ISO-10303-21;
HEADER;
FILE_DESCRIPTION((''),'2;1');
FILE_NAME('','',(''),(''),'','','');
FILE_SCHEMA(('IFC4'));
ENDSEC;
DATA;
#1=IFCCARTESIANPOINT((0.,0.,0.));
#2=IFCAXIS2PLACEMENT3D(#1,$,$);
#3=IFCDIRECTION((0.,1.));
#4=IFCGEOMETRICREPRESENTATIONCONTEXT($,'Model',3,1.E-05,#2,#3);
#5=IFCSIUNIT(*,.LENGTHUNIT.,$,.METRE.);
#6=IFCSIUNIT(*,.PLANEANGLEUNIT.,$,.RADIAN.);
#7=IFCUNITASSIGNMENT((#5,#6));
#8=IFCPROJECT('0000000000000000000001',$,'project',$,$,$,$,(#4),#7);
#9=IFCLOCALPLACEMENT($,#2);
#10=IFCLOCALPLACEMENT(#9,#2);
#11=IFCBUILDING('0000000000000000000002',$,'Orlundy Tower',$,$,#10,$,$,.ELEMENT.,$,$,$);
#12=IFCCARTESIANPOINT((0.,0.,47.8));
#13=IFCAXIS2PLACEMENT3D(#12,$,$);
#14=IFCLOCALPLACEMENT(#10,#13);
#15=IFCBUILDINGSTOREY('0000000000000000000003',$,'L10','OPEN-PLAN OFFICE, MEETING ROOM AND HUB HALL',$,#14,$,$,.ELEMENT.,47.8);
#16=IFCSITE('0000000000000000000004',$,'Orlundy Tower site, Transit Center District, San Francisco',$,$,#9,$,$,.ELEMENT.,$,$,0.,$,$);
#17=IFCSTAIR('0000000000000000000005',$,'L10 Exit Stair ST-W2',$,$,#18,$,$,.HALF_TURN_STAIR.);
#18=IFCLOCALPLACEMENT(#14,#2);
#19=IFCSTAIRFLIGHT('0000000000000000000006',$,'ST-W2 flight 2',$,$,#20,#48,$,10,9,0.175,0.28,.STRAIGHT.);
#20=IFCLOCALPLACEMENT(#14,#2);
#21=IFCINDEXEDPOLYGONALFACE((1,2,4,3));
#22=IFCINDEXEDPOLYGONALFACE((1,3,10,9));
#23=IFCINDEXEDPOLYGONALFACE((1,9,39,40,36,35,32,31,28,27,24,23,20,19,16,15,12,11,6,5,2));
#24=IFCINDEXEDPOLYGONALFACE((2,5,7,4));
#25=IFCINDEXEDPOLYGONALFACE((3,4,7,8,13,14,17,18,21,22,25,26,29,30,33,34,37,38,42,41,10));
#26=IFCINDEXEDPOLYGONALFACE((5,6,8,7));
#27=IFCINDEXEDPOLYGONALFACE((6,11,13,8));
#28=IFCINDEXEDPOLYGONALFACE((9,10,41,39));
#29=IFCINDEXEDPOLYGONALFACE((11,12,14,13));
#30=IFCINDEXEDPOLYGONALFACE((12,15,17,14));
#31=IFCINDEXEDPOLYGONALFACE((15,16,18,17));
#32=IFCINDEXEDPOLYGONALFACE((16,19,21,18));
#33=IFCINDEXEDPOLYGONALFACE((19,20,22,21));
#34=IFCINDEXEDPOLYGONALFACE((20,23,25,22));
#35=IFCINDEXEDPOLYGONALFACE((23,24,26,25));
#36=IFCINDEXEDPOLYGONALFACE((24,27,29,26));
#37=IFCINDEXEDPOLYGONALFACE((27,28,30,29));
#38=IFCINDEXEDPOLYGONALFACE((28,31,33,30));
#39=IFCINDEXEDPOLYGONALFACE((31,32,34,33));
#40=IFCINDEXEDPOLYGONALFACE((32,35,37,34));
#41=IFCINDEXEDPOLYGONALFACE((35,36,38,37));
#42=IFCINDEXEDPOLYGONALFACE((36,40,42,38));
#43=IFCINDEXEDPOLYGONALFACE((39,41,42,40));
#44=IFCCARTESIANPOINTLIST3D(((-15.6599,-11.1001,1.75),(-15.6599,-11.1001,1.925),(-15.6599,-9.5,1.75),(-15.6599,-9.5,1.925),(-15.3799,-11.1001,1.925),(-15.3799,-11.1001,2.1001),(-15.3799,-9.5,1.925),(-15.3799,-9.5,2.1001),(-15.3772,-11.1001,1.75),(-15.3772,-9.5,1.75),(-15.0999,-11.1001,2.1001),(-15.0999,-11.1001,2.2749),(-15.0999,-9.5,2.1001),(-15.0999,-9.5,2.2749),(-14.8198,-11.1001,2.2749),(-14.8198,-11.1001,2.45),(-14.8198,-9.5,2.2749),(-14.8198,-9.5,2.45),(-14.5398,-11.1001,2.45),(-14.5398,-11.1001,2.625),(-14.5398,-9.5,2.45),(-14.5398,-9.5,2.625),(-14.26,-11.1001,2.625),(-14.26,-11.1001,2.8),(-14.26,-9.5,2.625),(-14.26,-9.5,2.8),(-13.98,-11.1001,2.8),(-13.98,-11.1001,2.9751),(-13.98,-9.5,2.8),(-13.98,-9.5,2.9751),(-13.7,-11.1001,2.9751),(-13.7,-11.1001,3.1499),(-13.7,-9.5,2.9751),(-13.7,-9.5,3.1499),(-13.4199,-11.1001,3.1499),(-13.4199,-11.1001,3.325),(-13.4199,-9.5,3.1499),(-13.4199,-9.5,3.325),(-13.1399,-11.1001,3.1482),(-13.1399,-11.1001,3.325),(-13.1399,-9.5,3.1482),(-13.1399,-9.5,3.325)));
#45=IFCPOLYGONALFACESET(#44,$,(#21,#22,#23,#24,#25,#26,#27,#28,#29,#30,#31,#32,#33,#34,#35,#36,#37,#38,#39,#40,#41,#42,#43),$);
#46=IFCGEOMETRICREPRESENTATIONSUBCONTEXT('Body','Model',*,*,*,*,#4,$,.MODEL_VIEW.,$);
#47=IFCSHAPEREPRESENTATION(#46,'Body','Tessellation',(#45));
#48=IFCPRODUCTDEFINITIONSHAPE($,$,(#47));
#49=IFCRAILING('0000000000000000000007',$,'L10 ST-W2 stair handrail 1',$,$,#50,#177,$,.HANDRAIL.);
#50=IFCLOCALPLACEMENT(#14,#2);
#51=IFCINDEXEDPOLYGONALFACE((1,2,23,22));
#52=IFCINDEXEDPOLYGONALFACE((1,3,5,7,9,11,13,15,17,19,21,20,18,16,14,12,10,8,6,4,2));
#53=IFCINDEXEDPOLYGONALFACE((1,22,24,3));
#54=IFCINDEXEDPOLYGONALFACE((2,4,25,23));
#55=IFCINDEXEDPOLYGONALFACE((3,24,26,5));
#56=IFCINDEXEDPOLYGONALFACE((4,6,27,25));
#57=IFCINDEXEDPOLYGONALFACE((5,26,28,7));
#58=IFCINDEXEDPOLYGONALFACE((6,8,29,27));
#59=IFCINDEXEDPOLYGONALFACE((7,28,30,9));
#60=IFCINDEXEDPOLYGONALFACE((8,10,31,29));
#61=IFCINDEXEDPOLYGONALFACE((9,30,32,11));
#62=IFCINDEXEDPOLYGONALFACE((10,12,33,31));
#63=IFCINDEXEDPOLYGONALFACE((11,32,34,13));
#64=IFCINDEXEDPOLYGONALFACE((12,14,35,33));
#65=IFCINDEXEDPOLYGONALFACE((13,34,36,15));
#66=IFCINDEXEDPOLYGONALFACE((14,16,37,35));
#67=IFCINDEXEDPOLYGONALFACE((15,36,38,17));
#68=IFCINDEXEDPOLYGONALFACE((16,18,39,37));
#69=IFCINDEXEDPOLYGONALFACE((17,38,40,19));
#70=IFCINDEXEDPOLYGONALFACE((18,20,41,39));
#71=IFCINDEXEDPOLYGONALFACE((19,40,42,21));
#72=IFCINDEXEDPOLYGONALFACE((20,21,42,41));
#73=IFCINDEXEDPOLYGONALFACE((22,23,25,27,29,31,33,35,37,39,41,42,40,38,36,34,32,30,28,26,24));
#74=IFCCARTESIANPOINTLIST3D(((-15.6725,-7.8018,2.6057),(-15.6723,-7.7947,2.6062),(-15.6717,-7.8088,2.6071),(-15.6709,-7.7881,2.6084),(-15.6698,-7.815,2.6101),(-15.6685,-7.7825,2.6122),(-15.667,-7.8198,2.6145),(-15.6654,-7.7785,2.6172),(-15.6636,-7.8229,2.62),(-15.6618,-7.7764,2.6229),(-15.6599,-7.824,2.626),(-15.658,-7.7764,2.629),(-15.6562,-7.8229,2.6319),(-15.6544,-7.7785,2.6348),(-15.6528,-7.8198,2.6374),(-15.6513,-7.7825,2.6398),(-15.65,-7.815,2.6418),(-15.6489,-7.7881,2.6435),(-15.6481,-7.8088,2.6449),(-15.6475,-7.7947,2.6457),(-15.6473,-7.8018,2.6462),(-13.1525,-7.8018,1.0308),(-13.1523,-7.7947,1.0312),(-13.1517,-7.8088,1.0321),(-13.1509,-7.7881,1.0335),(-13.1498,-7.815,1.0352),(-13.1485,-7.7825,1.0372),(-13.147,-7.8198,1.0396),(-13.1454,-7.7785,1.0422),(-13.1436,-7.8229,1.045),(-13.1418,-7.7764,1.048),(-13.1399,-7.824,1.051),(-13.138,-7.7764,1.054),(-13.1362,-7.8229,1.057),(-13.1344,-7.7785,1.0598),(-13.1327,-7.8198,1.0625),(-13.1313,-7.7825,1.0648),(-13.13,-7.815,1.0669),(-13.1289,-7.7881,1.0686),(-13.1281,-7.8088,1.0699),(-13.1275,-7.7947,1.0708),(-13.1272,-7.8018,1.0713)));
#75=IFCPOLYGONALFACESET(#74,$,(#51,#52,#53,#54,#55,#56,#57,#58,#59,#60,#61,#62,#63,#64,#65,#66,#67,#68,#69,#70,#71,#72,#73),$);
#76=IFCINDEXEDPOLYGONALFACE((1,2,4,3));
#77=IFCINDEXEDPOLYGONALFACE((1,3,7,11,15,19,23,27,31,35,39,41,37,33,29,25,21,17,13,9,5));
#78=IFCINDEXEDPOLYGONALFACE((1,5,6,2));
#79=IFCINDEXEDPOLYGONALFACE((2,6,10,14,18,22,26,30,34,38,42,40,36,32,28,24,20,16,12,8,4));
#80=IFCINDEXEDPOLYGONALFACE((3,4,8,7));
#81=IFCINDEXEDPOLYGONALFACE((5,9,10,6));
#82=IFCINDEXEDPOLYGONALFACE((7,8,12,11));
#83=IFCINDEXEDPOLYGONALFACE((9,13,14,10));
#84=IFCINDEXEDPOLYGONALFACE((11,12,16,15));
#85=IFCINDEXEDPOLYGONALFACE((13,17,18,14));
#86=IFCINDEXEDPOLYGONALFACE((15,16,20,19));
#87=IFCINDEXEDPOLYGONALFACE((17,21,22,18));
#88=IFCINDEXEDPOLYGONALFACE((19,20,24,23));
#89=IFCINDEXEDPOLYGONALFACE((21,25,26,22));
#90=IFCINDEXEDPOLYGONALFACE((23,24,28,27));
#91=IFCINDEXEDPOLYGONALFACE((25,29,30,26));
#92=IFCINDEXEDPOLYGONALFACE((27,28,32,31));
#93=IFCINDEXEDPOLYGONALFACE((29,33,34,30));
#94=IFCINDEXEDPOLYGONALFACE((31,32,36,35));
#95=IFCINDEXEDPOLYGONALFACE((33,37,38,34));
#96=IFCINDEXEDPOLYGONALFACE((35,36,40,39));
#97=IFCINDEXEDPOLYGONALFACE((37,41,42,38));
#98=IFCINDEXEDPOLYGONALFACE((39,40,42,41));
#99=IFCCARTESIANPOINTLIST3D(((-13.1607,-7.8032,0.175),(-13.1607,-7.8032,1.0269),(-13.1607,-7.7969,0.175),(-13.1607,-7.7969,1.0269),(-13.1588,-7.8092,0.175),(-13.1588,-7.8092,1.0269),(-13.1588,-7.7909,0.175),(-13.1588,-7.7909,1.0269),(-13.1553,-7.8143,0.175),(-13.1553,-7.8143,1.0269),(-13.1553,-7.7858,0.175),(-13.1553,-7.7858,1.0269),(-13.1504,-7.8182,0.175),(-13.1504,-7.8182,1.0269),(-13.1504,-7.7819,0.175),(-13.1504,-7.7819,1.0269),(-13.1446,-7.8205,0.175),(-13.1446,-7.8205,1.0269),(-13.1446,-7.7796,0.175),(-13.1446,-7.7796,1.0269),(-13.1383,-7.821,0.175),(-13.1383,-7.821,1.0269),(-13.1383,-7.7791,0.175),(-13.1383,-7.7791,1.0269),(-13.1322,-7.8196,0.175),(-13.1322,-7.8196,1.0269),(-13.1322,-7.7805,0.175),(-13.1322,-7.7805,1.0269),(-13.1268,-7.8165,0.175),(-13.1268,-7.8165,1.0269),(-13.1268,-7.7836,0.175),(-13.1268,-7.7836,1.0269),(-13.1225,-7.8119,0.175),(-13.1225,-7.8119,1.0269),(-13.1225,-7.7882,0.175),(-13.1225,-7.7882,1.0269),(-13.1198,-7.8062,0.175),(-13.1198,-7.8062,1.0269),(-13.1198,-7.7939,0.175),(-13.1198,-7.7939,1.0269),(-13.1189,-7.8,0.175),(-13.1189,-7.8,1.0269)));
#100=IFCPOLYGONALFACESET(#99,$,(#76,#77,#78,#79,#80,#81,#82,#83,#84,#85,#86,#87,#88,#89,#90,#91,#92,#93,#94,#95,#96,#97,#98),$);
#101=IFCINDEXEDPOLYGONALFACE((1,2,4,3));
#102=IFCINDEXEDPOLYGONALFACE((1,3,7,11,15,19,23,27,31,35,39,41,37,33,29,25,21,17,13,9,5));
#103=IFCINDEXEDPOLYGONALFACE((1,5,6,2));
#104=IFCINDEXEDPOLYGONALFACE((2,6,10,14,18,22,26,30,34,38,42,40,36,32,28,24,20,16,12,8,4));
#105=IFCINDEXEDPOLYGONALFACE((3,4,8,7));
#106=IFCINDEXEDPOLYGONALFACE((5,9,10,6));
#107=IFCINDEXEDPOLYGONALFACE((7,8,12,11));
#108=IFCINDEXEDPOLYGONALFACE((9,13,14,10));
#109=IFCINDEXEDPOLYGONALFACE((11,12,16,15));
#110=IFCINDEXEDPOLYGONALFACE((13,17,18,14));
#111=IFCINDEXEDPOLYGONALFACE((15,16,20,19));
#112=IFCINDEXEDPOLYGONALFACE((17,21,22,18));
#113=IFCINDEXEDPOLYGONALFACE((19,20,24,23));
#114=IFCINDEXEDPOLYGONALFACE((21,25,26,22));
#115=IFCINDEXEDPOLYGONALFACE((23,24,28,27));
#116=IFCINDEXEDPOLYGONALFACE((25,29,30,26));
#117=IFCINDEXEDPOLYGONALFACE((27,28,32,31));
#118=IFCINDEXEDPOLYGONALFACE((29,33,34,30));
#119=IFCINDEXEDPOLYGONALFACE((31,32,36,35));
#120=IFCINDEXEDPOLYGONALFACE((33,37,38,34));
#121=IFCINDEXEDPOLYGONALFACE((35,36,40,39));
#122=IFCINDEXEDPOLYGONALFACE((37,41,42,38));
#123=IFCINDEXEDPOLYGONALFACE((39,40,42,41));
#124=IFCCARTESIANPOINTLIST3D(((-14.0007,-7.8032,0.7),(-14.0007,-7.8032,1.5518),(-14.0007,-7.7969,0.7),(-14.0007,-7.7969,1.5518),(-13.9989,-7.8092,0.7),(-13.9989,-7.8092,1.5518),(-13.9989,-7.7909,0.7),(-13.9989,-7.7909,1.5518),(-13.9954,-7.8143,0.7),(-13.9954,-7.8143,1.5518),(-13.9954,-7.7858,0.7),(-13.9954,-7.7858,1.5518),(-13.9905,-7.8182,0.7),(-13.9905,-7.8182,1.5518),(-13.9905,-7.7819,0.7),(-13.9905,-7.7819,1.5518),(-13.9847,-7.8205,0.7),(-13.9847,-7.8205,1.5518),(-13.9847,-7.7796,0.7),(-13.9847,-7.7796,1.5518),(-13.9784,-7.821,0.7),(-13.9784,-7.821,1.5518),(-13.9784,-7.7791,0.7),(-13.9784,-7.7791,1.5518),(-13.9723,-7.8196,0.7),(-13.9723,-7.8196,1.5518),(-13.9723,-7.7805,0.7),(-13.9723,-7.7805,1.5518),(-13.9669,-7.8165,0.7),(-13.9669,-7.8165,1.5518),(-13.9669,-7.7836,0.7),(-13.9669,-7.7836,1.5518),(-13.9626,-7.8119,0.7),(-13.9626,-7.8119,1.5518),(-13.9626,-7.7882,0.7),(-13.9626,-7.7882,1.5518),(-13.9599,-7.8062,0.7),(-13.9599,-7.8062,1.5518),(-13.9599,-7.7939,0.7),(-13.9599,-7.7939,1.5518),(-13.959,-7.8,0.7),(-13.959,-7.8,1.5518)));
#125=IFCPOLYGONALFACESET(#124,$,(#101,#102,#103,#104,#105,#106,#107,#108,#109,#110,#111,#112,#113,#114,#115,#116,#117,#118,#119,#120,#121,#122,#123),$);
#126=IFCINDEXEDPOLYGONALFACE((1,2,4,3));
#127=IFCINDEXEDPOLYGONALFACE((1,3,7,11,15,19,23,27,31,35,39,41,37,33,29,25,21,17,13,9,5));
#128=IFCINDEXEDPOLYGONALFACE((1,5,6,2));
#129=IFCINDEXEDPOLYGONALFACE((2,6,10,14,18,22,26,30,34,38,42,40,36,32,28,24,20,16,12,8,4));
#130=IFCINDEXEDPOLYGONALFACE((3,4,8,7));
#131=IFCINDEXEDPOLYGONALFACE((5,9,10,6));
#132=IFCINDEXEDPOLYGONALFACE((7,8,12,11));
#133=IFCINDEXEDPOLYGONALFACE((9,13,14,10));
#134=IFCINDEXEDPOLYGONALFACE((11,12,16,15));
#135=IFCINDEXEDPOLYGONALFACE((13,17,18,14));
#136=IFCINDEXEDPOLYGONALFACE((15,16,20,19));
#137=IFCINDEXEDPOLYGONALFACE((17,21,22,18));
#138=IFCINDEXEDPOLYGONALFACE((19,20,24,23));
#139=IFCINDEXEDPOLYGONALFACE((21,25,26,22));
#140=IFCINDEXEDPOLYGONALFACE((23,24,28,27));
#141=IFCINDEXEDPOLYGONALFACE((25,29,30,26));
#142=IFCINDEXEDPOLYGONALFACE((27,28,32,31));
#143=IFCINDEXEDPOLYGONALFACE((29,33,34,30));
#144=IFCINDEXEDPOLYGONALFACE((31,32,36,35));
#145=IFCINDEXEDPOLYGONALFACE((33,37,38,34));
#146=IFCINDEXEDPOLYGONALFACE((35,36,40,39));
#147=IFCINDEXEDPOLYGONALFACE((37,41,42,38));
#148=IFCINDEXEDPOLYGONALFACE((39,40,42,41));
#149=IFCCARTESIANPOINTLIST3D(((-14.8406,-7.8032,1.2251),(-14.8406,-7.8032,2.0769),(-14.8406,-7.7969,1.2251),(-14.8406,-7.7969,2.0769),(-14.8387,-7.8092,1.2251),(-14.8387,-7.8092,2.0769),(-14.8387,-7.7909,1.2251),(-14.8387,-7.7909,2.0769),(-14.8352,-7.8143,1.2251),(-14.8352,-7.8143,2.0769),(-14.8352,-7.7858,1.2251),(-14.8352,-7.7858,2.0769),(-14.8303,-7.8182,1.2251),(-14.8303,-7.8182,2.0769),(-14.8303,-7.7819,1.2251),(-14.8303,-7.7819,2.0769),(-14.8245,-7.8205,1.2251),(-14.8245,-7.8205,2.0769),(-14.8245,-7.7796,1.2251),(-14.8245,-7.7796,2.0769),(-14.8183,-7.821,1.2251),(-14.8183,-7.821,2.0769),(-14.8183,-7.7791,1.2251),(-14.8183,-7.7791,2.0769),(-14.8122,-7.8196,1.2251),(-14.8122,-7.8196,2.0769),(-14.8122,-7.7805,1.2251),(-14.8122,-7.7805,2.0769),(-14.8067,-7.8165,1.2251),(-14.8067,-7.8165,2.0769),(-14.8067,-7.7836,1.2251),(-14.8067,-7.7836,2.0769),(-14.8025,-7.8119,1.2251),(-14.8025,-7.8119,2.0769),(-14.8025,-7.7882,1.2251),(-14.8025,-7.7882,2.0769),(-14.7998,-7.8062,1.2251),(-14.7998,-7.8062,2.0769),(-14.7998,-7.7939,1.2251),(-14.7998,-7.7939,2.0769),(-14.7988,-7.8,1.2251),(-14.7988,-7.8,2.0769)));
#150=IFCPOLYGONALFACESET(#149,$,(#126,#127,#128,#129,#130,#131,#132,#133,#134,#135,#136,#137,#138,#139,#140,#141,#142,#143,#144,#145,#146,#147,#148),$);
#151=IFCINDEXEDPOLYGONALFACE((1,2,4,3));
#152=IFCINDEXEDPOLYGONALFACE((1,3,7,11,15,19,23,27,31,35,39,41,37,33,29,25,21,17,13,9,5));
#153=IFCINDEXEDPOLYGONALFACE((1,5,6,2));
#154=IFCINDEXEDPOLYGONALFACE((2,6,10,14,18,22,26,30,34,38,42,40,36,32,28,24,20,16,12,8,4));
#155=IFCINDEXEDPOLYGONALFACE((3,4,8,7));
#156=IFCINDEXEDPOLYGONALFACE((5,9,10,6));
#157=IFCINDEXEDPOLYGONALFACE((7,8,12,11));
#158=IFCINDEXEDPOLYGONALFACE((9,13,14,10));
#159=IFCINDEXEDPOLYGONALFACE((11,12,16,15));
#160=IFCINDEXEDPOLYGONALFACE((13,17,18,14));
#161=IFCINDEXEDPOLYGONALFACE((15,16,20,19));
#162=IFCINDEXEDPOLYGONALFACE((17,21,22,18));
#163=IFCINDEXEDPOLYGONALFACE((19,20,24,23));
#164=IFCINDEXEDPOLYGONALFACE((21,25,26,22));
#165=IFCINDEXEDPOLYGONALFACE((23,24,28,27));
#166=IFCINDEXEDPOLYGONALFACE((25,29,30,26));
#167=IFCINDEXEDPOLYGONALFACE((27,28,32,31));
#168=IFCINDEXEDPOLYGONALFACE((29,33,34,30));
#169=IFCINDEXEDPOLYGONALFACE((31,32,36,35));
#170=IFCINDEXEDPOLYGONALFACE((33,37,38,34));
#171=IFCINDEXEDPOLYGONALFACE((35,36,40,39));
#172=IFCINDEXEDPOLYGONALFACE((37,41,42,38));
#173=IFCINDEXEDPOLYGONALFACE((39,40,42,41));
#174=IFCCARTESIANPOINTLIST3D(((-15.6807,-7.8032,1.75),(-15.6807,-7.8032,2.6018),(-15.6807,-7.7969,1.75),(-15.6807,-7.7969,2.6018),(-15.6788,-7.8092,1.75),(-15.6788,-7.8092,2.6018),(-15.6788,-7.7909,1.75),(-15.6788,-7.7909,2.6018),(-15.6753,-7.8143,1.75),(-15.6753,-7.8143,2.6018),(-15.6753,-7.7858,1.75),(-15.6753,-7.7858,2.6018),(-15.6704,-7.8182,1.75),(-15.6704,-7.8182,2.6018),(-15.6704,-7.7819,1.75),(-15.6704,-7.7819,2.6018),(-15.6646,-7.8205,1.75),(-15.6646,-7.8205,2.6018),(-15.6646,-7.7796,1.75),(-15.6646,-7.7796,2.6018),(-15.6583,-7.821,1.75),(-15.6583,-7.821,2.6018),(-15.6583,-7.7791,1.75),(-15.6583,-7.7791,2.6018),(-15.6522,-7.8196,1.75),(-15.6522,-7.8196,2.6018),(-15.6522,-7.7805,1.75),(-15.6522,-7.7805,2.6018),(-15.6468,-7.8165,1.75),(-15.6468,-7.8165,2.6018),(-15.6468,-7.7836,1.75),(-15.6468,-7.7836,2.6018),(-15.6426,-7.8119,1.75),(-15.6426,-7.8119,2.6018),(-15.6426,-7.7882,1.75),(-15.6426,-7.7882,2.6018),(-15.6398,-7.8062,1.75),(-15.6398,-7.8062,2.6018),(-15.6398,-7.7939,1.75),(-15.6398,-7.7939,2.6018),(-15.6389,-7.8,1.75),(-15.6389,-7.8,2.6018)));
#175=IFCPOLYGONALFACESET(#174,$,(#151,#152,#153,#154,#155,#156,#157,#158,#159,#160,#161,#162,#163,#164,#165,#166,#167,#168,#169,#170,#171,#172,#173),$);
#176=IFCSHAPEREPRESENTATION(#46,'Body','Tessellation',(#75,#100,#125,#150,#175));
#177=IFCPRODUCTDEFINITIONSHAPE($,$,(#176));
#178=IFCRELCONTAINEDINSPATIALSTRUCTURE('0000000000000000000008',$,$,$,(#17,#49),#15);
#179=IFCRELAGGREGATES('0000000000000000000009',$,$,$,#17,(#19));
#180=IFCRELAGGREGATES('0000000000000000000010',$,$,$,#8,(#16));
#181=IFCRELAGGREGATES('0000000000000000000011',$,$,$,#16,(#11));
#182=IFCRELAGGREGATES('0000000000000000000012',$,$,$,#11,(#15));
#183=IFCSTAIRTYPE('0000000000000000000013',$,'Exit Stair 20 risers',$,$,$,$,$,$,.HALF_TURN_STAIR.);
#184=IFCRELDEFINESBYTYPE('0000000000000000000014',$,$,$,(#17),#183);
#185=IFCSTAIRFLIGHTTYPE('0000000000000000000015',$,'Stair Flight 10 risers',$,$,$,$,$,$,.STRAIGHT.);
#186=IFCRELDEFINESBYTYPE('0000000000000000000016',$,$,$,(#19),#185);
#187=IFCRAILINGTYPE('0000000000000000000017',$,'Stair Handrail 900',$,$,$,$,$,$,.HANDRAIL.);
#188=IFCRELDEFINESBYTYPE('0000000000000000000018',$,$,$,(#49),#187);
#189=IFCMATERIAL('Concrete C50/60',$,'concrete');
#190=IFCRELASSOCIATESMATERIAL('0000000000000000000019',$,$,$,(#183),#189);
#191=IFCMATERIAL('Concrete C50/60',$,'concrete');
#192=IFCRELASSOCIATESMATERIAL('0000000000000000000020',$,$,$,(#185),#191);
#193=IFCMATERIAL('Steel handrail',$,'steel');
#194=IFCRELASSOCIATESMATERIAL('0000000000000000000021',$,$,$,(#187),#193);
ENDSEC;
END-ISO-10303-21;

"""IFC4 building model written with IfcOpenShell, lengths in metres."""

from ifc_helpers import new_model, si_unit, direction, frame, origin, origin_2d, place, context, subcontext, project, spatial, polyline, circle, outline, extrude, material, type_object, element, aggregate, save


model = new_model("IFC4")

# Units and contexts
model_context = context("Model", 3, precision=1e-05, world=origin(), true_north=direction((0.0, 1.0)))
body_context = subcontext(model_context, "Body", "Model", "MODEL_VIEW")
ifc_project = project(units=[si_unit("LENGTHUNIT", "METRE"), si_unit("PLANEANGLEUNIT", "RADIAN")], contexts=[model_context])

# Site, building, storey
site_placement = place(None, origin())
site = spatial("IfcSite", under=ifc_project, at=site_placement, Name="Orlundy Tower site, Transit Center District, San Francisco", CompositionType="ELEMENT", RefElevation=0.0)
building_placement = place(site_placement, origin())
building = spatial("IfcBuilding", under=site, at=building_placement, Name="Orlundy Tower", CompositionType="ELEMENT")
storey_placement = place(building_placement, frame((0.0, 0.0, 47.8)))
storey = spatial("IfcBuildingStorey", under=building, at=storey_placement, Name="L10", Description="OPEN-PLAN OFFICE, MEETING ROOM AND HUB HALL", CompositionType="ELEMENT", Elevation=47.8)

# Stair, stair flight
ifc_material_1 = material(Name="Concrete C50/60", Category="concrete")
stair_type = type_object("IfcStairType", Name="Exit Stair 20 risers", PredefinedType="HALF_TURN_STAIR", material=ifc_material_1)
stair_placement = place(storey_placement, origin())
stair = element("IfcStair", 1, at=stair_placement, inside=storey, type_object=stair_type, Name="L10 Exit Stair ST-W2", PredefinedType="HALF_TURN_STAIR")
ifc_material_2 = material(Name="Concrete C50/60", Category="concrete")
stair_flight_type = type_object("IfcStairFlightType", Name="Stair Flight 10 risers", PredefinedType="STRAIGHT", material=ifc_material_2)
stair_flight_1_placement = place(storey_placement, frame((-15.6599, -10.3, 1.75), z_axis=(0.0, 0.0, 1.0), x_axis=(1.0, 0.0, 0.0)))
stair_flight_1 = element("IfcStairFlight", 2, at=stair_flight_1_placement, type_object=stair_flight_type, Name="ST-W2 flight 2", NumberOfRisers=10, NumberOfTreads=9, PredefinedType="STRAIGHT", RiserHeight=0.175, TreadLength=0.28, context=body_context, shape_type="SweptSolid", body=[
    extrude(outline(polyline([(0.0, 0.0), (0.0, 0.175), (0.28, 0.175), (0.28, 0.3501), (0.5601, 0.3501), (0.5601, 0.5249), (0.8401, 0.5249), (0.8401, 0.7), (1.1201, 0.7), (1.1201, 0.875), (1.3999, 0.875), (1.3999, 1.05), (1.6799, 1.05), (1.6799, 1.2251), (1.96, 1.2251), (1.96, 1.3999), (2.24, 1.3999), (2.24, 1.575), (2.52, 1.575), (2.52, 1.75), (2.52, 1.3982), (0.2827, 0.0), (0.0, 0.0)])), frame((0.0, 0.8, 0.0), z_axis=(0.0, -1.0, 0.0), x_axis=(1.0, 0.0, 0.0)), (0.0, 0.0, 1.0), 1.6001),
])
aggregate(stair, [stair_flight_1])

# Railing
ifc_material_3 = material(Name="Steel handrail", Category="steel")
railing_type_1 = type_object("IfcRailingType", Name="Stair Handrail 900", PredefinedType="HANDRAIL", material=ifc_material_3)
railing_1_placement = place(storey_placement, frame((-13.1399, -7.8, 0.175)))
element("IfcRailing", 3, at=railing_1_placement, inside=storey, type_object=railing_type_1, Name="L10 ST-W2 stair handrail 1", PredefinedType="HANDRAIL", context=body_context, shape_type="SweptSolid", body=[
    extrude(circle(Radius=0.0239, at=origin_2d()), frame((0.0, 0.0, 0.876), z_axis=(-0.848008, 0.0, 0.529984), x_axis=(0.0, -1.0, 0.0)), (0.0, 0.0, 1.0), 2.9717),
    extrude(circle(Radius=0.021, at=origin_2d()), origin(), (0.0, 0.0, 1.0), 0.8518),
    extrude(circle(Radius=0.021, at=origin_2d()), frame((-0.8401, 0.0, 0.5249)), (0.0, 0.0, 1.0), 0.8518),
    extrude(circle(Radius=0.021, at=origin_2d()), frame((-1.6799, 0.0, 1.05)), (0.0, 0.0, 1.0), 0.8518),
    extrude(circle(Radius=0.021, at=origin_2d()), frame((-2.52, 0.0, 1.575)), (0.0, 0.0, 1.0), 0.8518),
])

save(model, "model.ifc")
